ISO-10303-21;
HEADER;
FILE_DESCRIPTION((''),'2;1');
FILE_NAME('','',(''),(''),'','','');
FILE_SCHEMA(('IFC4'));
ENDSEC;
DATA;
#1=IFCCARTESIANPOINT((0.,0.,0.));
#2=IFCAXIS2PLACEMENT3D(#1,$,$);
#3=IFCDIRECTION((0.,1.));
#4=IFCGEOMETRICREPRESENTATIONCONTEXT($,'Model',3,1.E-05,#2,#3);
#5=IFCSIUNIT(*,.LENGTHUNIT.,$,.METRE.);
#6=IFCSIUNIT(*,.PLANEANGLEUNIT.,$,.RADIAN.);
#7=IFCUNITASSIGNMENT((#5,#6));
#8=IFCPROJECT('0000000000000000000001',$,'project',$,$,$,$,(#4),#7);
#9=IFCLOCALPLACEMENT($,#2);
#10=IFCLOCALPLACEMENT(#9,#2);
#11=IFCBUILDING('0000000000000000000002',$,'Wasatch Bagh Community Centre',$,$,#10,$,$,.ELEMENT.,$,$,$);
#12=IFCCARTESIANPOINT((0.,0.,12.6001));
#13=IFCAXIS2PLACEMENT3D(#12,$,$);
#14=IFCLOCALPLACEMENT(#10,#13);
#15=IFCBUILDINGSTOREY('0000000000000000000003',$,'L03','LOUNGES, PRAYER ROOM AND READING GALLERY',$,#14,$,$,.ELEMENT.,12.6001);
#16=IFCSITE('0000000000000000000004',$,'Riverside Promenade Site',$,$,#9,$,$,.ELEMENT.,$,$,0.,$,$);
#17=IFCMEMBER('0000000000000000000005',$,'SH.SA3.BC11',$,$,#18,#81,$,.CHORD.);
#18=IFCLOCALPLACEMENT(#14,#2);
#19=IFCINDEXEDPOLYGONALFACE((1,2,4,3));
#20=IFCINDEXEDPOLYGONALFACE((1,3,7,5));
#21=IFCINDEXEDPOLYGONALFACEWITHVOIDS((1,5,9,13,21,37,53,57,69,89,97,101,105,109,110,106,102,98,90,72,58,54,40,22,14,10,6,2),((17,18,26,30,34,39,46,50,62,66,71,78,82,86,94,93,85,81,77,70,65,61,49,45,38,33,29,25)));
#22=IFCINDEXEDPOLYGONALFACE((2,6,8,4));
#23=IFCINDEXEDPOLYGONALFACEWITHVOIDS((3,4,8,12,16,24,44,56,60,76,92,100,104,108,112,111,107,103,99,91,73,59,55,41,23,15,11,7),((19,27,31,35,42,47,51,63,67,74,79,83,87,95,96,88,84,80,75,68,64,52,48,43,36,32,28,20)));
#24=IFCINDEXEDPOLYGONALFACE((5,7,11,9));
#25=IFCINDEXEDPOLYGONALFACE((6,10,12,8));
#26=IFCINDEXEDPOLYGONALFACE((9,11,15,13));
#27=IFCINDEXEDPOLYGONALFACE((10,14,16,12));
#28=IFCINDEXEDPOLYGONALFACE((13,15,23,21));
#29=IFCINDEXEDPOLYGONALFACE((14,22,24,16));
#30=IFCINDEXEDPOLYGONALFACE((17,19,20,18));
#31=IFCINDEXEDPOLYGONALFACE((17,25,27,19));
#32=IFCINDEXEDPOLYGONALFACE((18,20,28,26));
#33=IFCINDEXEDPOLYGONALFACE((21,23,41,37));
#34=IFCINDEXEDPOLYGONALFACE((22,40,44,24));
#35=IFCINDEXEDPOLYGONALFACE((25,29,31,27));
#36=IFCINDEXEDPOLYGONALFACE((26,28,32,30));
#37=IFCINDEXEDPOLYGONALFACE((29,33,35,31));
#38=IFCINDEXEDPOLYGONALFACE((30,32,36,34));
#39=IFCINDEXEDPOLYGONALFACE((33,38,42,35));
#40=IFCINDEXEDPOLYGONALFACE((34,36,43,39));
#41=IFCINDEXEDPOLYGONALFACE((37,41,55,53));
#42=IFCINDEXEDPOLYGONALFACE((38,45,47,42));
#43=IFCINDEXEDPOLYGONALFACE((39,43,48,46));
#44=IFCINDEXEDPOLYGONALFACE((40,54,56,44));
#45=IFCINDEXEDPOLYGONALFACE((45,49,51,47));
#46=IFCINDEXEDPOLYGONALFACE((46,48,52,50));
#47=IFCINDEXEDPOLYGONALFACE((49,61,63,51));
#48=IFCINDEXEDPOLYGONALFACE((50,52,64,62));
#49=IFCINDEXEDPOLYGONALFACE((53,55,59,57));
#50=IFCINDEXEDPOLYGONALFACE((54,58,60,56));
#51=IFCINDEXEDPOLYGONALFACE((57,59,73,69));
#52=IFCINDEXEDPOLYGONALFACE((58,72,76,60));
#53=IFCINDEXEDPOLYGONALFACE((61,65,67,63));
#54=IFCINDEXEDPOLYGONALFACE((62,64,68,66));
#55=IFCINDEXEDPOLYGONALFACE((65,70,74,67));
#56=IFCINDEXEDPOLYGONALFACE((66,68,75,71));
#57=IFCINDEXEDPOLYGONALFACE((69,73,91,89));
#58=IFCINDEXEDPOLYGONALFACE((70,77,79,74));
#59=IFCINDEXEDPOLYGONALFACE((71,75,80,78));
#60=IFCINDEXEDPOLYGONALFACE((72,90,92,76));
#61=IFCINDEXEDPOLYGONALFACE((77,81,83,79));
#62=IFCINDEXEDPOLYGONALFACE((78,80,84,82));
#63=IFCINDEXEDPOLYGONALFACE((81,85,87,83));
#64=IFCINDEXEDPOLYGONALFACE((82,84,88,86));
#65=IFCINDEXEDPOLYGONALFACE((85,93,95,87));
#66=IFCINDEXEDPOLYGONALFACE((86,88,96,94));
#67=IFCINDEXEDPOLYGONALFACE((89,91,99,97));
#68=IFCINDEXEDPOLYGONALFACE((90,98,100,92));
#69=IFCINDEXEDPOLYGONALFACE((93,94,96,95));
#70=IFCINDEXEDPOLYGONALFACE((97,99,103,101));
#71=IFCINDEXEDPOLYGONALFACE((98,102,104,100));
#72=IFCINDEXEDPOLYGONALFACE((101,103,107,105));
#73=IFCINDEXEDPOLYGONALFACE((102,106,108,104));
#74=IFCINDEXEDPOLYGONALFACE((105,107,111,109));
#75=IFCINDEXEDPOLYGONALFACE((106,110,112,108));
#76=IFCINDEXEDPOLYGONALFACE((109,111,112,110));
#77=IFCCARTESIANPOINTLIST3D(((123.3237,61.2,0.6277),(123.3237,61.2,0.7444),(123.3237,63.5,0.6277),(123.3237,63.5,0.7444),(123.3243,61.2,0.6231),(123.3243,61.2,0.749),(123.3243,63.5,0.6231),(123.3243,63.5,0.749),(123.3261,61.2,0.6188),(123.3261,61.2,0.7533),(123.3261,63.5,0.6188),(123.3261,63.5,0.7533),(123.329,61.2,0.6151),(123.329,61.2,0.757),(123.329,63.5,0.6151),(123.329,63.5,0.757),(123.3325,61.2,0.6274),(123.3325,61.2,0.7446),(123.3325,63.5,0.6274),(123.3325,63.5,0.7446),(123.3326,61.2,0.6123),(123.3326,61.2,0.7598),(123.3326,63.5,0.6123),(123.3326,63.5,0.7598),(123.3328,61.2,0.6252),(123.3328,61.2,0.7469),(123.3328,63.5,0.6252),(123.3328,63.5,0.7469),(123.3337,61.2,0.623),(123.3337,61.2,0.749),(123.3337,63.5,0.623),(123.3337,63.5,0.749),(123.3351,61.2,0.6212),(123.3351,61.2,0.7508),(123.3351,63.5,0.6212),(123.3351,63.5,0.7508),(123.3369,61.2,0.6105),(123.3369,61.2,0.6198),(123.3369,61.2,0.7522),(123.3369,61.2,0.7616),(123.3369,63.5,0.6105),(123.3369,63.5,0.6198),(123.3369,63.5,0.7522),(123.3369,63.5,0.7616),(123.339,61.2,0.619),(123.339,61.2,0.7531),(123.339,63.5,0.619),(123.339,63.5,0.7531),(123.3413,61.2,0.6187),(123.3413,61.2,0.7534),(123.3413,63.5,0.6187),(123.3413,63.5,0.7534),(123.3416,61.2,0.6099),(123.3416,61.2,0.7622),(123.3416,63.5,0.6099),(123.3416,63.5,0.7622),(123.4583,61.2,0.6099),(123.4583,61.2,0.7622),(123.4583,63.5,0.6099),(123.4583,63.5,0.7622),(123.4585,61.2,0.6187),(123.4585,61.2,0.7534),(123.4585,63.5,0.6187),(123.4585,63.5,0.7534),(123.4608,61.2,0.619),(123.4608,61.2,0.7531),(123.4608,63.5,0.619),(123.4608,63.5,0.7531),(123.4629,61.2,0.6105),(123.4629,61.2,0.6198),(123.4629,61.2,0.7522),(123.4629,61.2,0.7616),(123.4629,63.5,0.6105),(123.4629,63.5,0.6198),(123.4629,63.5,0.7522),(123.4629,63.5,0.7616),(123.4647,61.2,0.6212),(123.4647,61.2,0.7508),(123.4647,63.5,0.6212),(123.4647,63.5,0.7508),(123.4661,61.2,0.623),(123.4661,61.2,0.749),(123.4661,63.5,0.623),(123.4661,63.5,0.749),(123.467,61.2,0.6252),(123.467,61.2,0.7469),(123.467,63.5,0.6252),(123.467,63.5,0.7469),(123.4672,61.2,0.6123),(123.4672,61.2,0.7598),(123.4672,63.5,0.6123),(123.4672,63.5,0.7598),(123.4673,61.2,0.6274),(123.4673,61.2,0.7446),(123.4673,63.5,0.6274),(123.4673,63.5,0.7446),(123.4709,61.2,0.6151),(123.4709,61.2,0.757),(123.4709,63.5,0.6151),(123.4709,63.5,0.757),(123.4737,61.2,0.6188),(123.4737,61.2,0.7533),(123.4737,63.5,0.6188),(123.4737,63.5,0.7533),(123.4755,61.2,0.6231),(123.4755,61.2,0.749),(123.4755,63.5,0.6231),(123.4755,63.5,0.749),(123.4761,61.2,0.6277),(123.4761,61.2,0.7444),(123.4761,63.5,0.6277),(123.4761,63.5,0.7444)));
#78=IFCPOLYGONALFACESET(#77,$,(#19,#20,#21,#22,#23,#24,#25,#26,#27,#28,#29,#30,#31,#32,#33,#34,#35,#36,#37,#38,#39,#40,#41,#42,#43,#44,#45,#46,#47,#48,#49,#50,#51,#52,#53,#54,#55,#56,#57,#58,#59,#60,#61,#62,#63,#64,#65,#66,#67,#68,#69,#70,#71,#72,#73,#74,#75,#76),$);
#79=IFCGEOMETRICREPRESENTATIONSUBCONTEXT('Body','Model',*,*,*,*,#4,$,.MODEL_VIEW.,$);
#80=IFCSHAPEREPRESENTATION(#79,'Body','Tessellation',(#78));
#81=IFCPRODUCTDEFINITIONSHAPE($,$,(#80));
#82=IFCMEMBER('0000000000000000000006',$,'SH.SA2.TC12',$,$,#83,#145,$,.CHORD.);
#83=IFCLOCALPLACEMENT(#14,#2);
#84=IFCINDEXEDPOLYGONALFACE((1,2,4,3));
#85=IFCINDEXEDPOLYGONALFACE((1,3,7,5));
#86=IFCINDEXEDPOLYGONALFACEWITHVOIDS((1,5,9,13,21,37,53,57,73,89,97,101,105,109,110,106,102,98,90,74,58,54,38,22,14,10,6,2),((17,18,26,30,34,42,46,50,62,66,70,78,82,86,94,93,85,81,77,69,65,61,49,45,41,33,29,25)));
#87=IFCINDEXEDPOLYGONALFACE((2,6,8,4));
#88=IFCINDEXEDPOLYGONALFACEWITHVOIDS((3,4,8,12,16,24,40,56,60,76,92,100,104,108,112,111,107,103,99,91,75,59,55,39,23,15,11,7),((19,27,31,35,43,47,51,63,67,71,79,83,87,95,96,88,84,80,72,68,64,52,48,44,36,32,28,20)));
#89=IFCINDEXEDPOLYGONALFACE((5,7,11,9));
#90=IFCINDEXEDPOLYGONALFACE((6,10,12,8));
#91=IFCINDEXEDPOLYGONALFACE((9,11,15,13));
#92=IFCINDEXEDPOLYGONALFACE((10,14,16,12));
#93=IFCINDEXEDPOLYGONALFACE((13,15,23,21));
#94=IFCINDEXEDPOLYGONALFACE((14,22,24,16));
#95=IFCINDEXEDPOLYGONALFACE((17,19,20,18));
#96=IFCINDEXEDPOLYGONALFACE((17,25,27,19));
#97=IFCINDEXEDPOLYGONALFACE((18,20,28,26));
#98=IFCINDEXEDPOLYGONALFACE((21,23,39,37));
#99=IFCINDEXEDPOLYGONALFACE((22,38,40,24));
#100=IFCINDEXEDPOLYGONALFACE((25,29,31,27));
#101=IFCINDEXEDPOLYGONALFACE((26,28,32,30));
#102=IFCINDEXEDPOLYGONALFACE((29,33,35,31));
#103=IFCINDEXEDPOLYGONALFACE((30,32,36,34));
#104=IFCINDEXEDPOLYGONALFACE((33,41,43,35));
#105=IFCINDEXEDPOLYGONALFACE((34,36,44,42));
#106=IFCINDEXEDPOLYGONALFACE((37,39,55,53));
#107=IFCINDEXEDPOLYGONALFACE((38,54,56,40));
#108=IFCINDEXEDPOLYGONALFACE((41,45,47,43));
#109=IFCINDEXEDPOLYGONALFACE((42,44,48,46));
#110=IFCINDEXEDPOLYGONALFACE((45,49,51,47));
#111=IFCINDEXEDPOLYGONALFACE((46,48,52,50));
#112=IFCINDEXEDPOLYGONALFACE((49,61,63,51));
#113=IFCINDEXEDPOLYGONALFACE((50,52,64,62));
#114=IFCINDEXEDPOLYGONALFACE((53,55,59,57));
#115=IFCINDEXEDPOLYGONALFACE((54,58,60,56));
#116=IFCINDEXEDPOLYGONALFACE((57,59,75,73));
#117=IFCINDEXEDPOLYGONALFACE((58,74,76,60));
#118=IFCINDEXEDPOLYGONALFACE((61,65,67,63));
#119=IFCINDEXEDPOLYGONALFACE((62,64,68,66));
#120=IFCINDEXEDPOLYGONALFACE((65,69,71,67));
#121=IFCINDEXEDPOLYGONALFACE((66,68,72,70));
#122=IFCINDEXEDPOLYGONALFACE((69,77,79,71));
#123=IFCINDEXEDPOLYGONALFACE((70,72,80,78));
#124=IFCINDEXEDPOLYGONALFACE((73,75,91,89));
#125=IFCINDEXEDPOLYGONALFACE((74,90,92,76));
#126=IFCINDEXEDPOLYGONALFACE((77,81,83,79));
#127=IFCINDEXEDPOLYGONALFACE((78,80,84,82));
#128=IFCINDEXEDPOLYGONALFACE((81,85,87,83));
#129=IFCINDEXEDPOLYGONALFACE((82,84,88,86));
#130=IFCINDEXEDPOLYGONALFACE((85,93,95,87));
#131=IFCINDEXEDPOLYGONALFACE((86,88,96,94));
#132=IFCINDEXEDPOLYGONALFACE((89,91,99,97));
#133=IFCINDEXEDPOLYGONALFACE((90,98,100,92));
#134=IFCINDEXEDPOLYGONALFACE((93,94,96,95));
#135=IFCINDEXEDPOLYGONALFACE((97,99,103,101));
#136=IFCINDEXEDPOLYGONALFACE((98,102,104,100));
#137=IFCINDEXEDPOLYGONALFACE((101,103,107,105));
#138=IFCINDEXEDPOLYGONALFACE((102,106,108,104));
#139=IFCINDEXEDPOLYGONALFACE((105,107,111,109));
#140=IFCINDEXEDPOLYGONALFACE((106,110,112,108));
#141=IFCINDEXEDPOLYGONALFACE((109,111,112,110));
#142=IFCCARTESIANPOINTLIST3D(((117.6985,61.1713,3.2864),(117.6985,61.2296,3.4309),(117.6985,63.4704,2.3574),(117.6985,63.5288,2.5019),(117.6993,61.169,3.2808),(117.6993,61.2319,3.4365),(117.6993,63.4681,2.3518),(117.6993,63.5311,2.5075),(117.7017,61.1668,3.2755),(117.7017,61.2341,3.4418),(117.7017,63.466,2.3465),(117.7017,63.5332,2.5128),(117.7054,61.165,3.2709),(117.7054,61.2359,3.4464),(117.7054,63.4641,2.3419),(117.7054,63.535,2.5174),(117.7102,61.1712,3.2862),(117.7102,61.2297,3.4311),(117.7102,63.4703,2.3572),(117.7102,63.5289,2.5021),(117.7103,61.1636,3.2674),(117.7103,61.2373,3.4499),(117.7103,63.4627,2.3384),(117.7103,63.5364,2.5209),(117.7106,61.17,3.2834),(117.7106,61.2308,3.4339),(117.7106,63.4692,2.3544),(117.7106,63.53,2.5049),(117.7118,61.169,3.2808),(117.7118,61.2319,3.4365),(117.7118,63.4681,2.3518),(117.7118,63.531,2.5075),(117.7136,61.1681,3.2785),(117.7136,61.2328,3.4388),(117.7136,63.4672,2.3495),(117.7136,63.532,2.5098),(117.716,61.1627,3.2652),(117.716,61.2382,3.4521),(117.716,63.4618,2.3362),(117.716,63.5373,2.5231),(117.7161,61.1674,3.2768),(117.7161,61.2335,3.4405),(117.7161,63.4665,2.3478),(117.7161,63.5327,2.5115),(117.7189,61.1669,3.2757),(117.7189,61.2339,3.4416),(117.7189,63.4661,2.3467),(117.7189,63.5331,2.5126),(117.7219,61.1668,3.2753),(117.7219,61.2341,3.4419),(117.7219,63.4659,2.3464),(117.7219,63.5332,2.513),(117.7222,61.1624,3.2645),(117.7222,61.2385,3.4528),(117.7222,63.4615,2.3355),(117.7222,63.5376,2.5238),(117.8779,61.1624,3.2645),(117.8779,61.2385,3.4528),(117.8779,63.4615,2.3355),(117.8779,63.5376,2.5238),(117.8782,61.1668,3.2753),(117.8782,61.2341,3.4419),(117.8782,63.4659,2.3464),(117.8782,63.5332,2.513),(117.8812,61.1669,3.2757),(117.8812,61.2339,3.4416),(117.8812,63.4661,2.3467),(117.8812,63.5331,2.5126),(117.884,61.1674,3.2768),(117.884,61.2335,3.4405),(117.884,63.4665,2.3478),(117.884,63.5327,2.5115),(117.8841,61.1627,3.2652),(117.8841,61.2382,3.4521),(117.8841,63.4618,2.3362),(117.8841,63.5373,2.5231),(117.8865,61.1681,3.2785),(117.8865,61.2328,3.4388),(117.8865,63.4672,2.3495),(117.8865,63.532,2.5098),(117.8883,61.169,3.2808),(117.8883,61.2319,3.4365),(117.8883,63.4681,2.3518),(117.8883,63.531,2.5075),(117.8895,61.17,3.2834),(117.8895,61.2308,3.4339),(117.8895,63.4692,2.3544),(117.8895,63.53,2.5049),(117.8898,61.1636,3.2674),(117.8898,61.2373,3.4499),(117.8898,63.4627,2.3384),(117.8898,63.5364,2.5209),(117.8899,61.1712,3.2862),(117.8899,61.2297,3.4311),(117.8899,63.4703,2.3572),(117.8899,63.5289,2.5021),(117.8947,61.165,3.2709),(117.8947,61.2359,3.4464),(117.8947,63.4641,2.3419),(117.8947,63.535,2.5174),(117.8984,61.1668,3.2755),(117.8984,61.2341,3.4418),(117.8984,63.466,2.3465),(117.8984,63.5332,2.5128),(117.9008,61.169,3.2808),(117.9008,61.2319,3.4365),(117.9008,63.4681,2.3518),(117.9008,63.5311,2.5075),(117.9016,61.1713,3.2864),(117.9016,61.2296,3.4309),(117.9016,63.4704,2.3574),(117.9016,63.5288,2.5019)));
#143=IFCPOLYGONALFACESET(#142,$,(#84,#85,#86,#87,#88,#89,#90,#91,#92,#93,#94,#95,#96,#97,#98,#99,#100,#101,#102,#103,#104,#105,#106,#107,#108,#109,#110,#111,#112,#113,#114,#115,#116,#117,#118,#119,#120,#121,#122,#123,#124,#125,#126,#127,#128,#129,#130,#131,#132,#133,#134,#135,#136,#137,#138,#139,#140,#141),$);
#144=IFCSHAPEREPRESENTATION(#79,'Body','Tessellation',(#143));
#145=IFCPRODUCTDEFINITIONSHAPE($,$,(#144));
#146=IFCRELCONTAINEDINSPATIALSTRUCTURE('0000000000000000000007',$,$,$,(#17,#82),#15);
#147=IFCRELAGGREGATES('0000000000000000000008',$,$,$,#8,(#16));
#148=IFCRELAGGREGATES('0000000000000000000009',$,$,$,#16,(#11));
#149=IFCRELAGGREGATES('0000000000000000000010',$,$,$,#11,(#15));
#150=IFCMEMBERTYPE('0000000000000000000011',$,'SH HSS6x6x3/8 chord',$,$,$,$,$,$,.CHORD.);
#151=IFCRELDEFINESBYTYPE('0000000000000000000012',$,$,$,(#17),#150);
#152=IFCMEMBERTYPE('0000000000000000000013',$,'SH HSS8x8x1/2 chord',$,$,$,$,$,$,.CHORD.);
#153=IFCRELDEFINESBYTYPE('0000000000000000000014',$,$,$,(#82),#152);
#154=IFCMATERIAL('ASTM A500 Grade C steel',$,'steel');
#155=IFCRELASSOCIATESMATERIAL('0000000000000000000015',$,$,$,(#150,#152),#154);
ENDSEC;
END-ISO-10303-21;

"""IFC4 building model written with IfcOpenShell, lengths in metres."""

from ifc_helpers import new_model, si_unit, direction, frame, origin, origin_2d, place, context, subcontext, project, spatial, hollow_rectangle, extrude, material, material_profile, profile_set, type_object, element, save


model = new_model("IFC4")

# Units and contexts
model_context = context("Model", 3, precision=1e-05, world=origin(), true_north=direction((0.0, 1.0)))
body_context = subcontext(model_context, "Body", "Model", "MODEL_VIEW")
ifc_project = project(units=[si_unit("LENGTHUNIT", "METRE"), si_unit("PLANEANGLEUNIT", "RADIAN")], contexts=[model_context])

# Site, building, storey
site_placement = place(None, origin())
site = spatial("IfcSite", under=ifc_project, at=site_placement, Name="Riverside Promenade Site", CompositionType="ELEMENT", RefElevation=0.0)
building_placement = place(site_placement, origin())
building = spatial("IfcBuilding", under=site, at=building_placement, Name="Wasatch Bagh Community Centre", CompositionType="ELEMENT")
storey_placement = place(building_placement, frame((0.0, 0.0, 12.6001)))
storey = spatial("IfcBuildingStorey", under=building, at=storey_placement, Name="L03", Description="LOUNGES, PRAYER ROOM AND READING GALLERY", CompositionType="ELEMENT", Elevation=12.6001)

# Members
ifc_material_1 = material(Name="ASTM A500 Grade C steel", Category="steel")
ifc_material_profile_1 = material_profile(ifc_material_1, hollow_rectangle(XDim=0.1523, YDim=0.1523, WallThickness=0.0088, InnerFilletRadius=0.0088, OuterFilletRadius=0.0178, at=origin_2d()), Name="HSS6x6x3/8")
ifc_profile_set_1 = profile_set([ifc_material_profile_1], Name="ASTM A500 Grade C steel")
member_type_1 = type_object("IfcMemberType", Name="SH HSS6x6x3/8 chord", PredefinedType="CHORD", material=ifc_profile_set_1)
for number, where, z_axis, x_axis, name in (
    (1, (123.3999, 61.2, 0.686), (0.0, 1.0, 0.0), (-1.0, 0.0, 0.0), "SH.SA3.BC11"),
):
    element("IfcMember", number, at=place(storey_placement, frame(where, z_axis=z_axis, x_axis=x_axis)), inside=storey, type_object=member_type_1, Name=name, PredefinedType="CHORD", context=body_context, shape_type="SweptSolid", body=[
        extrude(hollow_rectangle(XDim=0.1523, YDim=0.1523, WallThickness=0.0088, InnerFilletRadius=0.0088, OuterFilletRadius=0.0178, at=origin_2d()), origin(), (0.0, 0.0, 1.0), 2.3),
    ])
ifc_material_profile_2 = material_profile(ifc_material_1, hollow_rectangle(XDim=0.2031, YDim=0.2031, WallThickness=0.0117, InnerFilletRadius=0.0117, OuterFilletRadius=0.0237, at=origin_2d()), Name="HSS8x8x1/2")
ifc_profile_set_2 = profile_set([ifc_material_profile_2], Name="ASTM A500 Grade C steel")
member_type_2 = type_object("IfcMemberType", Name="SH HSS8x8x1/2 chord", PredefinedType="CHORD", material=ifc_profile_set_2)
for number, where, z_axis, x_axis, name in (
    (2, (117.8, 61.2004, 3.3586), (0.0, 0.927174, -0.374631), (-1.0, 0.0, 0.0), "SH.SA2.TC12"),
):
    element("IfcMember", number, at=place(storey_placement, frame(where, z_axis=z_axis, x_axis=x_axis)), inside=storey, type_object=member_type_2, Name=name, PredefinedType="CHORD", context=body_context, shape_type="SweptSolid", body=[
        extrude(hollow_rectangle(XDim=0.2031, YDim=0.2031, WallThickness=0.0117, InnerFilletRadius=0.0117, OuterFilletRadius=0.0237, at=origin_2d()), origin(), (0.0, 0.0, 1.0), 2.4797),
    ])

save(model, "model.ifc")
